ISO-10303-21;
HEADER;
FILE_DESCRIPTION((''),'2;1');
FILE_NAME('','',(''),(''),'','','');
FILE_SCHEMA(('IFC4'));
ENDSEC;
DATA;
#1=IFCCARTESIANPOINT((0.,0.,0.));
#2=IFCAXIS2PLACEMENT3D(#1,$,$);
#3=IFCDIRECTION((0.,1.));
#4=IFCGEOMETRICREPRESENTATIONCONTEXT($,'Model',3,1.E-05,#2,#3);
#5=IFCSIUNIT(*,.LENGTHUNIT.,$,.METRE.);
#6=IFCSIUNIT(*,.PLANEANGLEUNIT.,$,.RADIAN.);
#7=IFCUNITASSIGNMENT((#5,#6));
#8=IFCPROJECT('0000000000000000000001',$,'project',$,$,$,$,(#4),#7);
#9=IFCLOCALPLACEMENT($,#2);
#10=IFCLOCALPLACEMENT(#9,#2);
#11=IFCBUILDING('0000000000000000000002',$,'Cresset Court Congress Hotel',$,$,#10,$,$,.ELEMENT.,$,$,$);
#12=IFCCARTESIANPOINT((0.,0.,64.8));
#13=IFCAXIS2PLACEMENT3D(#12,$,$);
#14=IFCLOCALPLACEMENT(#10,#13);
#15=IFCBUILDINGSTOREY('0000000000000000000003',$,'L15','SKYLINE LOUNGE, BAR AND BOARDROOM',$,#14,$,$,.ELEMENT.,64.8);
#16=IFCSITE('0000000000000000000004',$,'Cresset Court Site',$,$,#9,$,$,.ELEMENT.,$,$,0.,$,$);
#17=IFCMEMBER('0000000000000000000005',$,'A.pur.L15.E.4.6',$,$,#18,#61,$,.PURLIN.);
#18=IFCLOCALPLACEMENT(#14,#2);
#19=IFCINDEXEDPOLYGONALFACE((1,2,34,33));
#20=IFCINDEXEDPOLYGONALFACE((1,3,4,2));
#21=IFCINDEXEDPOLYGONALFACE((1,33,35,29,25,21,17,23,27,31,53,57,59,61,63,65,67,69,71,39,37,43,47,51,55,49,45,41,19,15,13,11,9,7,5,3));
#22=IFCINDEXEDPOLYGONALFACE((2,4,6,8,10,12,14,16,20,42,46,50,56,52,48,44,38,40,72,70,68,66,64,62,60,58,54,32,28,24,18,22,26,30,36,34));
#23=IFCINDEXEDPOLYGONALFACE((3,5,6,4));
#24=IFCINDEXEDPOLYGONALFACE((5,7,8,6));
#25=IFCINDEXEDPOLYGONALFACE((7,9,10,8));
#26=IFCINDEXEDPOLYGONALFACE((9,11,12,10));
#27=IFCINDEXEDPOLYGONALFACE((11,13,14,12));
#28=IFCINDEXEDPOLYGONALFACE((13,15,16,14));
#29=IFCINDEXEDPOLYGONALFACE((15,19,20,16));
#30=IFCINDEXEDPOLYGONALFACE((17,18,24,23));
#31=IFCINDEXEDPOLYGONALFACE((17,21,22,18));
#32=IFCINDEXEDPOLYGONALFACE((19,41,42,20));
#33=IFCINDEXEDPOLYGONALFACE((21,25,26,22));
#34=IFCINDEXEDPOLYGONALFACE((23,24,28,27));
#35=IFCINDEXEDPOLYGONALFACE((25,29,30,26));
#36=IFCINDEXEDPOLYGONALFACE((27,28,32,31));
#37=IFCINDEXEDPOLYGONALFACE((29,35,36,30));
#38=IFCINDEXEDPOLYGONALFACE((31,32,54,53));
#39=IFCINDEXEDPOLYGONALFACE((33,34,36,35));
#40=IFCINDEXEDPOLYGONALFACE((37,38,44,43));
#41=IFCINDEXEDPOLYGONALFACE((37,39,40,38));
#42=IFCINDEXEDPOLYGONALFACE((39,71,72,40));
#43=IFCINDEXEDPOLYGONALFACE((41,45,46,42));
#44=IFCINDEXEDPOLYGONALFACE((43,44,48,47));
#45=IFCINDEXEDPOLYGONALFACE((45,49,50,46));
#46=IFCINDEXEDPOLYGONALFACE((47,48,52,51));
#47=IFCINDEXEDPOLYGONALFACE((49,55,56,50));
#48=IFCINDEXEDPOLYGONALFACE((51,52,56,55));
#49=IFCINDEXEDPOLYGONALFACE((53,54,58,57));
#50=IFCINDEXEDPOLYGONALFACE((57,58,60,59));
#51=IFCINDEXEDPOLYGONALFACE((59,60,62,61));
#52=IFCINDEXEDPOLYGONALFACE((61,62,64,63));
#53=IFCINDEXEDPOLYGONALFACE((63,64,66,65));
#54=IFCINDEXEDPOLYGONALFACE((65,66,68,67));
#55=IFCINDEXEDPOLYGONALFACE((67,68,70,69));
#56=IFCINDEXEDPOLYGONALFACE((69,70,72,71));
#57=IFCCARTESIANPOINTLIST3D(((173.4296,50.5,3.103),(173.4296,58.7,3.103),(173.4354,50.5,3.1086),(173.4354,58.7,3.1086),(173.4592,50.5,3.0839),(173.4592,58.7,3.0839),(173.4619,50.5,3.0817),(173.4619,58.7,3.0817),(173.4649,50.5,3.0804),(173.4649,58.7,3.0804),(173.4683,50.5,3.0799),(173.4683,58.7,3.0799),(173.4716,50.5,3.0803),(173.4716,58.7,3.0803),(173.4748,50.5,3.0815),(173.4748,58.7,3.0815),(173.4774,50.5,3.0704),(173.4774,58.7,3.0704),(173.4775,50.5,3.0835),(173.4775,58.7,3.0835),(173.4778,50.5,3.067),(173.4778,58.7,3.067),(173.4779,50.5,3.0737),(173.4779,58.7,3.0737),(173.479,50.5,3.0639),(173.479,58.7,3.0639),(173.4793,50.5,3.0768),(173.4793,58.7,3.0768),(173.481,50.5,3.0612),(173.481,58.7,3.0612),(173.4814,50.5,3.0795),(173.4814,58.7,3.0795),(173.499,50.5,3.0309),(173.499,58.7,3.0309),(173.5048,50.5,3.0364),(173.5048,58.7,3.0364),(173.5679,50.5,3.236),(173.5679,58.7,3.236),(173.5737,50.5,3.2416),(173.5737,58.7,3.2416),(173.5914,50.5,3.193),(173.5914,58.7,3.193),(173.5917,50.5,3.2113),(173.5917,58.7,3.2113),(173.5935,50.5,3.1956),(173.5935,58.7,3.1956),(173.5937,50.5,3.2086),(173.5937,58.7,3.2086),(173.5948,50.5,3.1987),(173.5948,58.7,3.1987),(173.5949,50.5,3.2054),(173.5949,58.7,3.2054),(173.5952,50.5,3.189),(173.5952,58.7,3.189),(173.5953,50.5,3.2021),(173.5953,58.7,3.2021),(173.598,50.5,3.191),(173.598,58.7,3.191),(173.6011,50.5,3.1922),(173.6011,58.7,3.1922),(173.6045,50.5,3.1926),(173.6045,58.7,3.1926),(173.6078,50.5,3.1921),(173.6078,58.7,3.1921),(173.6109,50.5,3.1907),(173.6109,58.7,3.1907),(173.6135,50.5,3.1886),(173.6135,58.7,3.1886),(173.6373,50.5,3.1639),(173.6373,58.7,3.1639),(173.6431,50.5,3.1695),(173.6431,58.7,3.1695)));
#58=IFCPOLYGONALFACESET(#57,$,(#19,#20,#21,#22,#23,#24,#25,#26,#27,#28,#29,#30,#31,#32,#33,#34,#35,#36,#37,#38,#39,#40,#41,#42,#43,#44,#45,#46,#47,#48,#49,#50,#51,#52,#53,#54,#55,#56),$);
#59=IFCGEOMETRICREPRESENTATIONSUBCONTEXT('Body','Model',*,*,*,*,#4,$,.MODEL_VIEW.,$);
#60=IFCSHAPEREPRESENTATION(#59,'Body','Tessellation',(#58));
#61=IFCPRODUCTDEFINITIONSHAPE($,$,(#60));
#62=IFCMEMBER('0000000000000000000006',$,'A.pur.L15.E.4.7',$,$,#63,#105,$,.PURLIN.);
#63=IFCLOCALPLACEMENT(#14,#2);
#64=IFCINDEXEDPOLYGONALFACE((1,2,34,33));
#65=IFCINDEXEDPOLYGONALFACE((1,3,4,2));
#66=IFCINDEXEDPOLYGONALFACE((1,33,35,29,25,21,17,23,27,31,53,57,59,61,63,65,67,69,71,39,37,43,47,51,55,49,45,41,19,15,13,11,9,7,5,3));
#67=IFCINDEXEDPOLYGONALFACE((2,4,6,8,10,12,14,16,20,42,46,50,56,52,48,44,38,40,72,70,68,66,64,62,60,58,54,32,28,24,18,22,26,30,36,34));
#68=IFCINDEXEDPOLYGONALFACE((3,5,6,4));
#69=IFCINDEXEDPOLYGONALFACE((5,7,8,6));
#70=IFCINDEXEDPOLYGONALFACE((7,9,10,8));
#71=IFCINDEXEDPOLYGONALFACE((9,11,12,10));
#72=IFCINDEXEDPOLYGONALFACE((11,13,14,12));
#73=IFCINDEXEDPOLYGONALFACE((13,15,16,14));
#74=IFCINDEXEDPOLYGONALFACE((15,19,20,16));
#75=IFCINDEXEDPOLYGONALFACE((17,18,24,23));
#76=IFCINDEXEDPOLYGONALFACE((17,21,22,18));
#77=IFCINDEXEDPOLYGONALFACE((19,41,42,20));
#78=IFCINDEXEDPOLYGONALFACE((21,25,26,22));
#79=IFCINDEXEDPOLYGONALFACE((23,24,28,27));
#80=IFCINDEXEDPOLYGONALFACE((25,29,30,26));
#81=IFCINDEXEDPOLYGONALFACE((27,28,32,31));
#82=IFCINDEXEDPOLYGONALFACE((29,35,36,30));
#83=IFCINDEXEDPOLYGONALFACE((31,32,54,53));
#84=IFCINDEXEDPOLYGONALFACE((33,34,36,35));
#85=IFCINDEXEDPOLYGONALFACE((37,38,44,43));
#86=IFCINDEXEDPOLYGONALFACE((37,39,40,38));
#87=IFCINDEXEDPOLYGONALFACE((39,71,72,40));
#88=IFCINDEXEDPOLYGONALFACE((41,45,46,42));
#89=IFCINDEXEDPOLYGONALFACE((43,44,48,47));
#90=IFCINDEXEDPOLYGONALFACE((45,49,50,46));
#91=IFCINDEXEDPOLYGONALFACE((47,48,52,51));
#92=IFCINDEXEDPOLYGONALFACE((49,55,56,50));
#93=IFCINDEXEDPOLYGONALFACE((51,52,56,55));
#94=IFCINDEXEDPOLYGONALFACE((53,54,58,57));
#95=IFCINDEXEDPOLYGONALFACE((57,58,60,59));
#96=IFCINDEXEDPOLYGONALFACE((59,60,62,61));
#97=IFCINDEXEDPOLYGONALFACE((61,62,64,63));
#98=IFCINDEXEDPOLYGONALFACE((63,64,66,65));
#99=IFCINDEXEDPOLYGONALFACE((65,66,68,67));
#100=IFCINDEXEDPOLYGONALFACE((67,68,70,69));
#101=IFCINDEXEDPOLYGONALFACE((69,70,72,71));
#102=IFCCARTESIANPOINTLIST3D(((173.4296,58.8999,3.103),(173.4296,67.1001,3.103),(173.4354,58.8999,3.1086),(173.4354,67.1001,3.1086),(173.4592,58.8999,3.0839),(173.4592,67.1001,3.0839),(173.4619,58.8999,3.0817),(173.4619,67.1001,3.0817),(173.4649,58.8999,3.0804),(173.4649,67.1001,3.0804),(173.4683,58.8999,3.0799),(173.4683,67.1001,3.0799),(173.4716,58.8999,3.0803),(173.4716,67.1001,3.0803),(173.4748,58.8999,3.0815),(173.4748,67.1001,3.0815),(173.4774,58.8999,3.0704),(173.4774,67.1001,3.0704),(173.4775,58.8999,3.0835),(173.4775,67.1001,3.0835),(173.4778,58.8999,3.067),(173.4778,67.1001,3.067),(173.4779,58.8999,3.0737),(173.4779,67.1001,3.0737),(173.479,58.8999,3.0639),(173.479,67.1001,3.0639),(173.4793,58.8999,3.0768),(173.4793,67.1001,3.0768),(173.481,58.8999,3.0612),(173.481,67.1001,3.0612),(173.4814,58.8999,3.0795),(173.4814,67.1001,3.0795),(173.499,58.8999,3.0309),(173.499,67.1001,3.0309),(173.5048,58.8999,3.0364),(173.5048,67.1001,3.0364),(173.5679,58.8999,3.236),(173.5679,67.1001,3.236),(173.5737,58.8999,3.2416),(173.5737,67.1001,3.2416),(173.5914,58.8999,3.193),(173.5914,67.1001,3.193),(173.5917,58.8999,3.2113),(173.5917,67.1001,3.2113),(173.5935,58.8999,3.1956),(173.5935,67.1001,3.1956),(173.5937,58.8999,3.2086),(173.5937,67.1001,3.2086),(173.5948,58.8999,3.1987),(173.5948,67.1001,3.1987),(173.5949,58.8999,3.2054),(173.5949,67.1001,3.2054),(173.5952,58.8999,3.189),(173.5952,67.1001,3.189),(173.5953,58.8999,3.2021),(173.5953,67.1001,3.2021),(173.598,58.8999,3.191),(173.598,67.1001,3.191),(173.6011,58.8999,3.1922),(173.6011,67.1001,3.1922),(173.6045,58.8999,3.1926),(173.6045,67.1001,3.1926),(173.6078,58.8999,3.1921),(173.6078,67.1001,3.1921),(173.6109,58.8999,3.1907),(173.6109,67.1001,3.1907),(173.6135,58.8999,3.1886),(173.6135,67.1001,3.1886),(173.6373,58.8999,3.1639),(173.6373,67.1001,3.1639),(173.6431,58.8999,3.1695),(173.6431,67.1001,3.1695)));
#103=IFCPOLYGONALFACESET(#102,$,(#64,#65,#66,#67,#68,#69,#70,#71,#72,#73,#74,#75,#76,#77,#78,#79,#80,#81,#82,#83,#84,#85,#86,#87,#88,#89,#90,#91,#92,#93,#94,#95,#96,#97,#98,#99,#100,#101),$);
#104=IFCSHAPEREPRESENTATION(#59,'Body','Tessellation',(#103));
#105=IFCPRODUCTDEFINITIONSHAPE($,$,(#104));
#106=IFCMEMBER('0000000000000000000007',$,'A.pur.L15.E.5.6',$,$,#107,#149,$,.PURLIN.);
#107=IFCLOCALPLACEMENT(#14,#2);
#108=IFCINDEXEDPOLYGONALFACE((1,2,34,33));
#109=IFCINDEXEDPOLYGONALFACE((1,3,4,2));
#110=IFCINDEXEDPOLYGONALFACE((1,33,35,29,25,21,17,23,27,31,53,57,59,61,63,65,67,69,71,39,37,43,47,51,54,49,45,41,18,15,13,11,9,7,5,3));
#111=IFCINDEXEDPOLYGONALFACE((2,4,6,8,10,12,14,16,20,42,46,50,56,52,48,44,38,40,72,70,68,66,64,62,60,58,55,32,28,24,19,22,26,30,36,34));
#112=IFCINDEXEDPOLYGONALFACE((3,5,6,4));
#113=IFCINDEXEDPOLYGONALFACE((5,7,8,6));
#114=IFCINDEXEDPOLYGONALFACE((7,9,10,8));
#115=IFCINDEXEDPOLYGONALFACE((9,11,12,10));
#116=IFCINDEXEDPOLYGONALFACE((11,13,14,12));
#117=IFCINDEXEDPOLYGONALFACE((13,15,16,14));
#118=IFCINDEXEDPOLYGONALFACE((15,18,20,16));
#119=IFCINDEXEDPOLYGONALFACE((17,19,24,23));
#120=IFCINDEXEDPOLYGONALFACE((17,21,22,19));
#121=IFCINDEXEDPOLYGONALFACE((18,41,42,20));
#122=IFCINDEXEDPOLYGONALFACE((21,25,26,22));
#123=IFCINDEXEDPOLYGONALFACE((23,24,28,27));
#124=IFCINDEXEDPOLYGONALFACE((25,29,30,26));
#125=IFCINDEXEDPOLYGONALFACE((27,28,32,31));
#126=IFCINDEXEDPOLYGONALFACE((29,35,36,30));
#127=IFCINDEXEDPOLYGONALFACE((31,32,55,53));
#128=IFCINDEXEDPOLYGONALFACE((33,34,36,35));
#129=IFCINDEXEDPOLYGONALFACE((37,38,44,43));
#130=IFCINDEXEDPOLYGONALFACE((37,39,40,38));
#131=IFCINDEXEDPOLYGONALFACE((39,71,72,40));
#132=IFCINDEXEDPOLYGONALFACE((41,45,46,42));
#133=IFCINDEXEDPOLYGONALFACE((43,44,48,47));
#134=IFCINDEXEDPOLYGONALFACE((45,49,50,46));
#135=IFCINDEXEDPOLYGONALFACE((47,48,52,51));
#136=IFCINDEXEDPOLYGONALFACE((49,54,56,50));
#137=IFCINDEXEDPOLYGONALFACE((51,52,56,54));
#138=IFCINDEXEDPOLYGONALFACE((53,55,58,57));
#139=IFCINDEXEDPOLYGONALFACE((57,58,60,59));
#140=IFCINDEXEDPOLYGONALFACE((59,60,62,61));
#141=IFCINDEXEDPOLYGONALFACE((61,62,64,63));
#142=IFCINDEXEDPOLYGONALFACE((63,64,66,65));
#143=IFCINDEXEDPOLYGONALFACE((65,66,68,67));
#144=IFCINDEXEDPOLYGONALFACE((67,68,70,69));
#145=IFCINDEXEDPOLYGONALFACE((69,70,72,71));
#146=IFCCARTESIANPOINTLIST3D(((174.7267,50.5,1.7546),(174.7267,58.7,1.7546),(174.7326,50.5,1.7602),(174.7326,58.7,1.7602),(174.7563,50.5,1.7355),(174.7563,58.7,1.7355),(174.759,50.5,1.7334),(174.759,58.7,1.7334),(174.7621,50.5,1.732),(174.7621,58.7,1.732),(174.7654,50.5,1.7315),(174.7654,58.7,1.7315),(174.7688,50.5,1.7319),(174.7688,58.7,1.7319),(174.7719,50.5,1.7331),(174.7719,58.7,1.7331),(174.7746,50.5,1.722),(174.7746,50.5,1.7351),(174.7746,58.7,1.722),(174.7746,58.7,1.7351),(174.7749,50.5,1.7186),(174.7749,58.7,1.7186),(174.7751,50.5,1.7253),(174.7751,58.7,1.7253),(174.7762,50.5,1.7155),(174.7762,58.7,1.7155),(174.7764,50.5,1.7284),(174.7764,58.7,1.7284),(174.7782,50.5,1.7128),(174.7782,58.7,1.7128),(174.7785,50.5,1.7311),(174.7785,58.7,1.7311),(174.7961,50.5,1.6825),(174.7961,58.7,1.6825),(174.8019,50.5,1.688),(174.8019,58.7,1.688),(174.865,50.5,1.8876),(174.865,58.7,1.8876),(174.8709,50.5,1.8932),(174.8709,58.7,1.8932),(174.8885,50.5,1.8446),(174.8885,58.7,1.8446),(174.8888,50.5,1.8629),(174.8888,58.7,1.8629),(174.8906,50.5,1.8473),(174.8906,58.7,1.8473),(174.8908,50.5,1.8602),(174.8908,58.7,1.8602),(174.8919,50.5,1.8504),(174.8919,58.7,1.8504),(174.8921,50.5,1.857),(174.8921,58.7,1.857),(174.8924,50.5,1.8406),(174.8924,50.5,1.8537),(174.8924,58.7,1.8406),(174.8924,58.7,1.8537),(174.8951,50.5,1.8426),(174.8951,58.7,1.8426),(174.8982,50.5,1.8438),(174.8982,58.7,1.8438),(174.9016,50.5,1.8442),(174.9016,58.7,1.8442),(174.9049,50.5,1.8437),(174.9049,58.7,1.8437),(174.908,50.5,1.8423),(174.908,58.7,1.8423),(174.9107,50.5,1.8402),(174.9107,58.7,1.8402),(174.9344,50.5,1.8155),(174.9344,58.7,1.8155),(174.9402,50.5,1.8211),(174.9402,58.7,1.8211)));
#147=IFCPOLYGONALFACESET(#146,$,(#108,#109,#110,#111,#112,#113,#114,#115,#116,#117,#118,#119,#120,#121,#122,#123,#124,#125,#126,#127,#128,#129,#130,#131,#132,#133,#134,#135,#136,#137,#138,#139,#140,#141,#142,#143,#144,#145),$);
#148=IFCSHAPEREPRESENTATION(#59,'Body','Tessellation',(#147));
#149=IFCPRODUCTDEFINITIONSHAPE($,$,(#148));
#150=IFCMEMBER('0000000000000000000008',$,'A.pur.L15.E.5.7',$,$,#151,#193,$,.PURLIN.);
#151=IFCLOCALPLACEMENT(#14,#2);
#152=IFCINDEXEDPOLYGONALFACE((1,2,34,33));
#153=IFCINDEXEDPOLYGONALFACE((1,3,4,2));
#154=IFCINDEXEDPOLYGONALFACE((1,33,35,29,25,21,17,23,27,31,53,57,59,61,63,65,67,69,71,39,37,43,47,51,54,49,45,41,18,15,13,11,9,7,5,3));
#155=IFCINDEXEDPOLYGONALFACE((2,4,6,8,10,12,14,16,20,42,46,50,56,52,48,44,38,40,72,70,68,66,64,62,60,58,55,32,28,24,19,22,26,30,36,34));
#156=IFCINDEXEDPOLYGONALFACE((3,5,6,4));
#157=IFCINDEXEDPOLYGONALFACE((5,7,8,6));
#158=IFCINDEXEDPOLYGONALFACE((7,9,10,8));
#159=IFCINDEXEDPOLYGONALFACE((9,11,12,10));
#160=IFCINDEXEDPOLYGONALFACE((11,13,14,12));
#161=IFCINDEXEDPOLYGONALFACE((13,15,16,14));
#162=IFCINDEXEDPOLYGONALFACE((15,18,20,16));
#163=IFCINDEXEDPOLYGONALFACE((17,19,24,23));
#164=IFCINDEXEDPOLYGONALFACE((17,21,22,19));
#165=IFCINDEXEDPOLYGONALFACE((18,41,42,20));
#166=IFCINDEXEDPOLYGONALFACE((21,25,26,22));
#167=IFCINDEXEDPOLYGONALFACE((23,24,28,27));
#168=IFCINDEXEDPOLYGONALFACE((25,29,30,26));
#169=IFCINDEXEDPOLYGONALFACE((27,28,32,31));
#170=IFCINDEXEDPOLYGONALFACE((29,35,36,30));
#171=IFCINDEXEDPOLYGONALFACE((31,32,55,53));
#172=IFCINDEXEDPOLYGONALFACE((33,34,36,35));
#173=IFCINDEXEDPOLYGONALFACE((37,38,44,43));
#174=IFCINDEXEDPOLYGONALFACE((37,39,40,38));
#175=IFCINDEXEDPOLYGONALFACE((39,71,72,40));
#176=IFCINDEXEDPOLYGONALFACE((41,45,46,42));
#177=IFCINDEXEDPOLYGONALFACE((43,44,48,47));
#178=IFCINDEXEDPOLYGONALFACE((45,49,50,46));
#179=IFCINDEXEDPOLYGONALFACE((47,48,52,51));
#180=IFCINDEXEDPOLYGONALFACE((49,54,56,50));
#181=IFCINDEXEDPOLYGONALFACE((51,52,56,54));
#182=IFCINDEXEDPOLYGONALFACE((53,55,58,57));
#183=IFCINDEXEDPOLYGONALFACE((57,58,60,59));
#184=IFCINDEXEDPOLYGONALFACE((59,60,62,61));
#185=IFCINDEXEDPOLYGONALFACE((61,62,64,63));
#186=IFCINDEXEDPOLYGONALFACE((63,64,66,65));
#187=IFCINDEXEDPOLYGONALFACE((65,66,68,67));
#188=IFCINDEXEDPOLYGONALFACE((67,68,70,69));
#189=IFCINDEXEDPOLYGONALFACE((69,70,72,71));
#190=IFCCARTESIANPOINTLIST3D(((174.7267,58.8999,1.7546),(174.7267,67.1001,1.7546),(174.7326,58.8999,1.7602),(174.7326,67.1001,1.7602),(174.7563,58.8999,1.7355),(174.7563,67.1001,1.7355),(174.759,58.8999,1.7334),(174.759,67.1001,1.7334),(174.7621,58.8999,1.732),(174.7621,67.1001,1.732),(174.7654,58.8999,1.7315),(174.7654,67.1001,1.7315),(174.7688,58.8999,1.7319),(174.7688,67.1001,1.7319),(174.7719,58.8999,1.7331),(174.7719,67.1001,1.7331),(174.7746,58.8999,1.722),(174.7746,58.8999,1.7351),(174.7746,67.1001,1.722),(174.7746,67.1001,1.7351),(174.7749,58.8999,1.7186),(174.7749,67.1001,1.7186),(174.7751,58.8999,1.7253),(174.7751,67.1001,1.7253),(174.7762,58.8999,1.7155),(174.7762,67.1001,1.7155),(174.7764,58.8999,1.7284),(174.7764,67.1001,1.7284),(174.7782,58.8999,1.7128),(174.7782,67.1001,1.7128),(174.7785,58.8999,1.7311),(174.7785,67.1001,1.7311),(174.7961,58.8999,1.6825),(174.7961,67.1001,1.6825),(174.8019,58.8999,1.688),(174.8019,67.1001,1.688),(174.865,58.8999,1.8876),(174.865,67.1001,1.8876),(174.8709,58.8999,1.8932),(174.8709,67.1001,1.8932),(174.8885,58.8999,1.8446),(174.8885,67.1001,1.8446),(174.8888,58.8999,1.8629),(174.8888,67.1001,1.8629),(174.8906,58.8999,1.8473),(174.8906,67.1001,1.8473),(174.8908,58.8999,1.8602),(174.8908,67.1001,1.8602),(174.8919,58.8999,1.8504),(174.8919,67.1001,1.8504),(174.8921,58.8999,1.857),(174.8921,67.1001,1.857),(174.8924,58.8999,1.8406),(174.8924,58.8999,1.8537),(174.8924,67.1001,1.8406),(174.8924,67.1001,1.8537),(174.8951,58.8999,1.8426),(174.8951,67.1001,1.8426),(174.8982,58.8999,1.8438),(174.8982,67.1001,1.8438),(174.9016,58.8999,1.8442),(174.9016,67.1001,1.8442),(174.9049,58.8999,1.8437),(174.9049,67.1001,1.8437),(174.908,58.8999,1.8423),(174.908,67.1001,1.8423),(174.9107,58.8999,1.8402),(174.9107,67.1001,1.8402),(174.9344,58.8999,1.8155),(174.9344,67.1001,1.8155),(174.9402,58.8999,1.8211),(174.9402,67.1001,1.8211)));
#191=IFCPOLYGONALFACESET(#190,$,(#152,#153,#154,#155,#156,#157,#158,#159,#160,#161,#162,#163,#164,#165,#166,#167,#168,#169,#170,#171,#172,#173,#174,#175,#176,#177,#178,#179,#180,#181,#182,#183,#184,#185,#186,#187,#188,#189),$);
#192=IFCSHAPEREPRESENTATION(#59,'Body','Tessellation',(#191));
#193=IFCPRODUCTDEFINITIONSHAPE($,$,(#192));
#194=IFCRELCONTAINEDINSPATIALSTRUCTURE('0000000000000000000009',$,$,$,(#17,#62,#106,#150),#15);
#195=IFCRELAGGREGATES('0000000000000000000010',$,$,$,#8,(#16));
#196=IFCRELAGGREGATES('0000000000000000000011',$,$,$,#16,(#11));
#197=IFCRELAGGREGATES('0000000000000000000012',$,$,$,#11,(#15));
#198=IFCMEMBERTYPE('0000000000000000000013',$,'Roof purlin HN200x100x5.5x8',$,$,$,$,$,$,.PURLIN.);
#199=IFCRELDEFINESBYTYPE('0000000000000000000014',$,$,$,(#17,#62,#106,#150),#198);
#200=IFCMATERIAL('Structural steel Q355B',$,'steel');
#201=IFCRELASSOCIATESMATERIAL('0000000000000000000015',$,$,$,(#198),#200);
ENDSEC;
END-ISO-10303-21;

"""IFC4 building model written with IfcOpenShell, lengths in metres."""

from ifc_helpers import new_model, si_unit, direction, frame, origin, origin_2d, place, context, subcontext, project, spatial, i_section, extrude, material, material_profile, profile_set, type_object, element, save


model = new_model("IFC4")

# Units and contexts
model_context = context("Model", 3, precision=1e-05, world=origin(), true_north=direction((0.0, 1.0)))
body_context = subcontext(model_context, "Body", "Model", "MODEL_VIEW")
ifc_project = project(units=[si_unit("LENGTHUNIT", "METRE"), si_unit("PLANEANGLEUNIT", "RADIAN")], contexts=[model_context])

# Site, building, storey
site_placement = place(None, origin())
site = spatial("IfcSite", under=ifc_project, at=site_placement, Name="Cresset Court Site", CompositionType="ELEMENT", RefElevation=0.0)
building_placement = place(site_placement, origin())
building = spatial("IfcBuilding", under=site, at=building_placement, Name="Cresset Court Congress Hotel", CompositionType="ELEMENT")
storey_placement = place(building_placement, frame((0.0, 0.0, 64.8)))
storey = spatial("IfcBuildingStorey", under=building, at=storey_placement, Name="L15", Description="SKYLINE LOUNGE, BAR AND BOARDROOM", CompositionType="ELEMENT", Elevation=64.8)

# Members
ifc_material_1 = material(Name="Structural steel Q355B", Category="steel")
ifc_material_profile_1 = material_profile(ifc_material_1, i_section(OverallWidth=0.1001, OverallDepth=0.2, WebThickness=0.0056, FlangeThickness=0.0081, FilletRadius=0.0129, at=origin_2d()), Name="HN200x100x5.5x8")
ifc_profile_set_1 = profile_set([ifc_material_profile_1], Name="Structural steel Q355B")
member_type_1 = type_object("IfcMemberType", Name="Roof purlin HN200x100x5.5x8", PredefinedType="PURLIN", material=ifc_profile_set_1)
member_1_placement = place(storey_placement, frame((173.5364, 50.5, 3.1362), z_axis=(0.0, 1.0, 0.0), x_axis=(-0.693246, 0.0, 0.720701)))
element("IfcMember", 1, at=member_1_placement, inside=storey, type_object=member_type_1, Name="A.pur.L15.E.4.6", PredefinedType="PURLIN", context=body_context, shape_type="SweptSolid", body=[
    extrude(i_section(OverallWidth=0.1001, OverallDepth=0.2, WebThickness=0.0056, FlangeThickness=0.0081, FilletRadius=0.0129, at=origin_2d()), origin(), (0.0, 0.0, 1.0), 8.2),
])
member_2_placement = place(storey_placement, frame((173.5364, 58.8999, 3.1362), z_axis=(0.0, 1.0, 0.0), x_axis=(-0.693246, 0.0, 0.720701)))
element("IfcMember", 2, at=member_2_placement, inside=storey, type_object=member_type_1, Name="A.pur.L15.E.4.7", PredefinedType="PURLIN", context=body_context, shape_type="SweptSolid", body=[
    extrude(i_section(OverallWidth=0.1001, OverallDepth=0.2, WebThickness=0.0056, FlangeThickness=0.0081, FilletRadius=0.0129, at=origin_2d()), origin(), (0.0, 0.0, 1.0), 8.2002),
])
member_3_placement = place(storey_placement, frame((174.8335, 50.5, 1.7878), z_axis=(0.0, 1.0, 0.0), x_axis=(-0.693246, 0.0, 0.720701)))
element("IfcMember", 3, at=member_3_placement, inside=storey, type_object=member_type_1, Name="A.pur.L15.E.5.6", PredefinedType="PURLIN", context=body_context, shape_type="SweptSolid", body=[
    extrude(i_section(OverallWidth=0.1001, OverallDepth=0.2, WebThickness=0.0056, FlangeThickness=0.0081, FilletRadius=0.0129, at=origin_2d()), origin(), (0.0, 0.0, 1.0), 8.2),
])
member_4_placement = place(storey_placement, frame((174.8335, 58.8999, 1.7878), z_axis=(0.0, 1.0, 0.0), x_axis=(-0.693246, 0.0, 0.720701)))
element("IfcMember", 4, at=member_4_placement, inside=storey, type_object=member_type_1, Name="A.pur.L15.E.5.7", PredefinedType="PURLIN", context=body_context, shape_type="SweptSolid", body=[
    extrude(i_section(OverallWidth=0.1001, OverallDepth=0.2, WebThickness=0.0056, FlangeThickness=0.0081, FilletRadius=0.0129, at=origin_2d()), origin(), (0.0, 0.0, 1.0), 8.2002),
])

save(model, "model.ifc")
